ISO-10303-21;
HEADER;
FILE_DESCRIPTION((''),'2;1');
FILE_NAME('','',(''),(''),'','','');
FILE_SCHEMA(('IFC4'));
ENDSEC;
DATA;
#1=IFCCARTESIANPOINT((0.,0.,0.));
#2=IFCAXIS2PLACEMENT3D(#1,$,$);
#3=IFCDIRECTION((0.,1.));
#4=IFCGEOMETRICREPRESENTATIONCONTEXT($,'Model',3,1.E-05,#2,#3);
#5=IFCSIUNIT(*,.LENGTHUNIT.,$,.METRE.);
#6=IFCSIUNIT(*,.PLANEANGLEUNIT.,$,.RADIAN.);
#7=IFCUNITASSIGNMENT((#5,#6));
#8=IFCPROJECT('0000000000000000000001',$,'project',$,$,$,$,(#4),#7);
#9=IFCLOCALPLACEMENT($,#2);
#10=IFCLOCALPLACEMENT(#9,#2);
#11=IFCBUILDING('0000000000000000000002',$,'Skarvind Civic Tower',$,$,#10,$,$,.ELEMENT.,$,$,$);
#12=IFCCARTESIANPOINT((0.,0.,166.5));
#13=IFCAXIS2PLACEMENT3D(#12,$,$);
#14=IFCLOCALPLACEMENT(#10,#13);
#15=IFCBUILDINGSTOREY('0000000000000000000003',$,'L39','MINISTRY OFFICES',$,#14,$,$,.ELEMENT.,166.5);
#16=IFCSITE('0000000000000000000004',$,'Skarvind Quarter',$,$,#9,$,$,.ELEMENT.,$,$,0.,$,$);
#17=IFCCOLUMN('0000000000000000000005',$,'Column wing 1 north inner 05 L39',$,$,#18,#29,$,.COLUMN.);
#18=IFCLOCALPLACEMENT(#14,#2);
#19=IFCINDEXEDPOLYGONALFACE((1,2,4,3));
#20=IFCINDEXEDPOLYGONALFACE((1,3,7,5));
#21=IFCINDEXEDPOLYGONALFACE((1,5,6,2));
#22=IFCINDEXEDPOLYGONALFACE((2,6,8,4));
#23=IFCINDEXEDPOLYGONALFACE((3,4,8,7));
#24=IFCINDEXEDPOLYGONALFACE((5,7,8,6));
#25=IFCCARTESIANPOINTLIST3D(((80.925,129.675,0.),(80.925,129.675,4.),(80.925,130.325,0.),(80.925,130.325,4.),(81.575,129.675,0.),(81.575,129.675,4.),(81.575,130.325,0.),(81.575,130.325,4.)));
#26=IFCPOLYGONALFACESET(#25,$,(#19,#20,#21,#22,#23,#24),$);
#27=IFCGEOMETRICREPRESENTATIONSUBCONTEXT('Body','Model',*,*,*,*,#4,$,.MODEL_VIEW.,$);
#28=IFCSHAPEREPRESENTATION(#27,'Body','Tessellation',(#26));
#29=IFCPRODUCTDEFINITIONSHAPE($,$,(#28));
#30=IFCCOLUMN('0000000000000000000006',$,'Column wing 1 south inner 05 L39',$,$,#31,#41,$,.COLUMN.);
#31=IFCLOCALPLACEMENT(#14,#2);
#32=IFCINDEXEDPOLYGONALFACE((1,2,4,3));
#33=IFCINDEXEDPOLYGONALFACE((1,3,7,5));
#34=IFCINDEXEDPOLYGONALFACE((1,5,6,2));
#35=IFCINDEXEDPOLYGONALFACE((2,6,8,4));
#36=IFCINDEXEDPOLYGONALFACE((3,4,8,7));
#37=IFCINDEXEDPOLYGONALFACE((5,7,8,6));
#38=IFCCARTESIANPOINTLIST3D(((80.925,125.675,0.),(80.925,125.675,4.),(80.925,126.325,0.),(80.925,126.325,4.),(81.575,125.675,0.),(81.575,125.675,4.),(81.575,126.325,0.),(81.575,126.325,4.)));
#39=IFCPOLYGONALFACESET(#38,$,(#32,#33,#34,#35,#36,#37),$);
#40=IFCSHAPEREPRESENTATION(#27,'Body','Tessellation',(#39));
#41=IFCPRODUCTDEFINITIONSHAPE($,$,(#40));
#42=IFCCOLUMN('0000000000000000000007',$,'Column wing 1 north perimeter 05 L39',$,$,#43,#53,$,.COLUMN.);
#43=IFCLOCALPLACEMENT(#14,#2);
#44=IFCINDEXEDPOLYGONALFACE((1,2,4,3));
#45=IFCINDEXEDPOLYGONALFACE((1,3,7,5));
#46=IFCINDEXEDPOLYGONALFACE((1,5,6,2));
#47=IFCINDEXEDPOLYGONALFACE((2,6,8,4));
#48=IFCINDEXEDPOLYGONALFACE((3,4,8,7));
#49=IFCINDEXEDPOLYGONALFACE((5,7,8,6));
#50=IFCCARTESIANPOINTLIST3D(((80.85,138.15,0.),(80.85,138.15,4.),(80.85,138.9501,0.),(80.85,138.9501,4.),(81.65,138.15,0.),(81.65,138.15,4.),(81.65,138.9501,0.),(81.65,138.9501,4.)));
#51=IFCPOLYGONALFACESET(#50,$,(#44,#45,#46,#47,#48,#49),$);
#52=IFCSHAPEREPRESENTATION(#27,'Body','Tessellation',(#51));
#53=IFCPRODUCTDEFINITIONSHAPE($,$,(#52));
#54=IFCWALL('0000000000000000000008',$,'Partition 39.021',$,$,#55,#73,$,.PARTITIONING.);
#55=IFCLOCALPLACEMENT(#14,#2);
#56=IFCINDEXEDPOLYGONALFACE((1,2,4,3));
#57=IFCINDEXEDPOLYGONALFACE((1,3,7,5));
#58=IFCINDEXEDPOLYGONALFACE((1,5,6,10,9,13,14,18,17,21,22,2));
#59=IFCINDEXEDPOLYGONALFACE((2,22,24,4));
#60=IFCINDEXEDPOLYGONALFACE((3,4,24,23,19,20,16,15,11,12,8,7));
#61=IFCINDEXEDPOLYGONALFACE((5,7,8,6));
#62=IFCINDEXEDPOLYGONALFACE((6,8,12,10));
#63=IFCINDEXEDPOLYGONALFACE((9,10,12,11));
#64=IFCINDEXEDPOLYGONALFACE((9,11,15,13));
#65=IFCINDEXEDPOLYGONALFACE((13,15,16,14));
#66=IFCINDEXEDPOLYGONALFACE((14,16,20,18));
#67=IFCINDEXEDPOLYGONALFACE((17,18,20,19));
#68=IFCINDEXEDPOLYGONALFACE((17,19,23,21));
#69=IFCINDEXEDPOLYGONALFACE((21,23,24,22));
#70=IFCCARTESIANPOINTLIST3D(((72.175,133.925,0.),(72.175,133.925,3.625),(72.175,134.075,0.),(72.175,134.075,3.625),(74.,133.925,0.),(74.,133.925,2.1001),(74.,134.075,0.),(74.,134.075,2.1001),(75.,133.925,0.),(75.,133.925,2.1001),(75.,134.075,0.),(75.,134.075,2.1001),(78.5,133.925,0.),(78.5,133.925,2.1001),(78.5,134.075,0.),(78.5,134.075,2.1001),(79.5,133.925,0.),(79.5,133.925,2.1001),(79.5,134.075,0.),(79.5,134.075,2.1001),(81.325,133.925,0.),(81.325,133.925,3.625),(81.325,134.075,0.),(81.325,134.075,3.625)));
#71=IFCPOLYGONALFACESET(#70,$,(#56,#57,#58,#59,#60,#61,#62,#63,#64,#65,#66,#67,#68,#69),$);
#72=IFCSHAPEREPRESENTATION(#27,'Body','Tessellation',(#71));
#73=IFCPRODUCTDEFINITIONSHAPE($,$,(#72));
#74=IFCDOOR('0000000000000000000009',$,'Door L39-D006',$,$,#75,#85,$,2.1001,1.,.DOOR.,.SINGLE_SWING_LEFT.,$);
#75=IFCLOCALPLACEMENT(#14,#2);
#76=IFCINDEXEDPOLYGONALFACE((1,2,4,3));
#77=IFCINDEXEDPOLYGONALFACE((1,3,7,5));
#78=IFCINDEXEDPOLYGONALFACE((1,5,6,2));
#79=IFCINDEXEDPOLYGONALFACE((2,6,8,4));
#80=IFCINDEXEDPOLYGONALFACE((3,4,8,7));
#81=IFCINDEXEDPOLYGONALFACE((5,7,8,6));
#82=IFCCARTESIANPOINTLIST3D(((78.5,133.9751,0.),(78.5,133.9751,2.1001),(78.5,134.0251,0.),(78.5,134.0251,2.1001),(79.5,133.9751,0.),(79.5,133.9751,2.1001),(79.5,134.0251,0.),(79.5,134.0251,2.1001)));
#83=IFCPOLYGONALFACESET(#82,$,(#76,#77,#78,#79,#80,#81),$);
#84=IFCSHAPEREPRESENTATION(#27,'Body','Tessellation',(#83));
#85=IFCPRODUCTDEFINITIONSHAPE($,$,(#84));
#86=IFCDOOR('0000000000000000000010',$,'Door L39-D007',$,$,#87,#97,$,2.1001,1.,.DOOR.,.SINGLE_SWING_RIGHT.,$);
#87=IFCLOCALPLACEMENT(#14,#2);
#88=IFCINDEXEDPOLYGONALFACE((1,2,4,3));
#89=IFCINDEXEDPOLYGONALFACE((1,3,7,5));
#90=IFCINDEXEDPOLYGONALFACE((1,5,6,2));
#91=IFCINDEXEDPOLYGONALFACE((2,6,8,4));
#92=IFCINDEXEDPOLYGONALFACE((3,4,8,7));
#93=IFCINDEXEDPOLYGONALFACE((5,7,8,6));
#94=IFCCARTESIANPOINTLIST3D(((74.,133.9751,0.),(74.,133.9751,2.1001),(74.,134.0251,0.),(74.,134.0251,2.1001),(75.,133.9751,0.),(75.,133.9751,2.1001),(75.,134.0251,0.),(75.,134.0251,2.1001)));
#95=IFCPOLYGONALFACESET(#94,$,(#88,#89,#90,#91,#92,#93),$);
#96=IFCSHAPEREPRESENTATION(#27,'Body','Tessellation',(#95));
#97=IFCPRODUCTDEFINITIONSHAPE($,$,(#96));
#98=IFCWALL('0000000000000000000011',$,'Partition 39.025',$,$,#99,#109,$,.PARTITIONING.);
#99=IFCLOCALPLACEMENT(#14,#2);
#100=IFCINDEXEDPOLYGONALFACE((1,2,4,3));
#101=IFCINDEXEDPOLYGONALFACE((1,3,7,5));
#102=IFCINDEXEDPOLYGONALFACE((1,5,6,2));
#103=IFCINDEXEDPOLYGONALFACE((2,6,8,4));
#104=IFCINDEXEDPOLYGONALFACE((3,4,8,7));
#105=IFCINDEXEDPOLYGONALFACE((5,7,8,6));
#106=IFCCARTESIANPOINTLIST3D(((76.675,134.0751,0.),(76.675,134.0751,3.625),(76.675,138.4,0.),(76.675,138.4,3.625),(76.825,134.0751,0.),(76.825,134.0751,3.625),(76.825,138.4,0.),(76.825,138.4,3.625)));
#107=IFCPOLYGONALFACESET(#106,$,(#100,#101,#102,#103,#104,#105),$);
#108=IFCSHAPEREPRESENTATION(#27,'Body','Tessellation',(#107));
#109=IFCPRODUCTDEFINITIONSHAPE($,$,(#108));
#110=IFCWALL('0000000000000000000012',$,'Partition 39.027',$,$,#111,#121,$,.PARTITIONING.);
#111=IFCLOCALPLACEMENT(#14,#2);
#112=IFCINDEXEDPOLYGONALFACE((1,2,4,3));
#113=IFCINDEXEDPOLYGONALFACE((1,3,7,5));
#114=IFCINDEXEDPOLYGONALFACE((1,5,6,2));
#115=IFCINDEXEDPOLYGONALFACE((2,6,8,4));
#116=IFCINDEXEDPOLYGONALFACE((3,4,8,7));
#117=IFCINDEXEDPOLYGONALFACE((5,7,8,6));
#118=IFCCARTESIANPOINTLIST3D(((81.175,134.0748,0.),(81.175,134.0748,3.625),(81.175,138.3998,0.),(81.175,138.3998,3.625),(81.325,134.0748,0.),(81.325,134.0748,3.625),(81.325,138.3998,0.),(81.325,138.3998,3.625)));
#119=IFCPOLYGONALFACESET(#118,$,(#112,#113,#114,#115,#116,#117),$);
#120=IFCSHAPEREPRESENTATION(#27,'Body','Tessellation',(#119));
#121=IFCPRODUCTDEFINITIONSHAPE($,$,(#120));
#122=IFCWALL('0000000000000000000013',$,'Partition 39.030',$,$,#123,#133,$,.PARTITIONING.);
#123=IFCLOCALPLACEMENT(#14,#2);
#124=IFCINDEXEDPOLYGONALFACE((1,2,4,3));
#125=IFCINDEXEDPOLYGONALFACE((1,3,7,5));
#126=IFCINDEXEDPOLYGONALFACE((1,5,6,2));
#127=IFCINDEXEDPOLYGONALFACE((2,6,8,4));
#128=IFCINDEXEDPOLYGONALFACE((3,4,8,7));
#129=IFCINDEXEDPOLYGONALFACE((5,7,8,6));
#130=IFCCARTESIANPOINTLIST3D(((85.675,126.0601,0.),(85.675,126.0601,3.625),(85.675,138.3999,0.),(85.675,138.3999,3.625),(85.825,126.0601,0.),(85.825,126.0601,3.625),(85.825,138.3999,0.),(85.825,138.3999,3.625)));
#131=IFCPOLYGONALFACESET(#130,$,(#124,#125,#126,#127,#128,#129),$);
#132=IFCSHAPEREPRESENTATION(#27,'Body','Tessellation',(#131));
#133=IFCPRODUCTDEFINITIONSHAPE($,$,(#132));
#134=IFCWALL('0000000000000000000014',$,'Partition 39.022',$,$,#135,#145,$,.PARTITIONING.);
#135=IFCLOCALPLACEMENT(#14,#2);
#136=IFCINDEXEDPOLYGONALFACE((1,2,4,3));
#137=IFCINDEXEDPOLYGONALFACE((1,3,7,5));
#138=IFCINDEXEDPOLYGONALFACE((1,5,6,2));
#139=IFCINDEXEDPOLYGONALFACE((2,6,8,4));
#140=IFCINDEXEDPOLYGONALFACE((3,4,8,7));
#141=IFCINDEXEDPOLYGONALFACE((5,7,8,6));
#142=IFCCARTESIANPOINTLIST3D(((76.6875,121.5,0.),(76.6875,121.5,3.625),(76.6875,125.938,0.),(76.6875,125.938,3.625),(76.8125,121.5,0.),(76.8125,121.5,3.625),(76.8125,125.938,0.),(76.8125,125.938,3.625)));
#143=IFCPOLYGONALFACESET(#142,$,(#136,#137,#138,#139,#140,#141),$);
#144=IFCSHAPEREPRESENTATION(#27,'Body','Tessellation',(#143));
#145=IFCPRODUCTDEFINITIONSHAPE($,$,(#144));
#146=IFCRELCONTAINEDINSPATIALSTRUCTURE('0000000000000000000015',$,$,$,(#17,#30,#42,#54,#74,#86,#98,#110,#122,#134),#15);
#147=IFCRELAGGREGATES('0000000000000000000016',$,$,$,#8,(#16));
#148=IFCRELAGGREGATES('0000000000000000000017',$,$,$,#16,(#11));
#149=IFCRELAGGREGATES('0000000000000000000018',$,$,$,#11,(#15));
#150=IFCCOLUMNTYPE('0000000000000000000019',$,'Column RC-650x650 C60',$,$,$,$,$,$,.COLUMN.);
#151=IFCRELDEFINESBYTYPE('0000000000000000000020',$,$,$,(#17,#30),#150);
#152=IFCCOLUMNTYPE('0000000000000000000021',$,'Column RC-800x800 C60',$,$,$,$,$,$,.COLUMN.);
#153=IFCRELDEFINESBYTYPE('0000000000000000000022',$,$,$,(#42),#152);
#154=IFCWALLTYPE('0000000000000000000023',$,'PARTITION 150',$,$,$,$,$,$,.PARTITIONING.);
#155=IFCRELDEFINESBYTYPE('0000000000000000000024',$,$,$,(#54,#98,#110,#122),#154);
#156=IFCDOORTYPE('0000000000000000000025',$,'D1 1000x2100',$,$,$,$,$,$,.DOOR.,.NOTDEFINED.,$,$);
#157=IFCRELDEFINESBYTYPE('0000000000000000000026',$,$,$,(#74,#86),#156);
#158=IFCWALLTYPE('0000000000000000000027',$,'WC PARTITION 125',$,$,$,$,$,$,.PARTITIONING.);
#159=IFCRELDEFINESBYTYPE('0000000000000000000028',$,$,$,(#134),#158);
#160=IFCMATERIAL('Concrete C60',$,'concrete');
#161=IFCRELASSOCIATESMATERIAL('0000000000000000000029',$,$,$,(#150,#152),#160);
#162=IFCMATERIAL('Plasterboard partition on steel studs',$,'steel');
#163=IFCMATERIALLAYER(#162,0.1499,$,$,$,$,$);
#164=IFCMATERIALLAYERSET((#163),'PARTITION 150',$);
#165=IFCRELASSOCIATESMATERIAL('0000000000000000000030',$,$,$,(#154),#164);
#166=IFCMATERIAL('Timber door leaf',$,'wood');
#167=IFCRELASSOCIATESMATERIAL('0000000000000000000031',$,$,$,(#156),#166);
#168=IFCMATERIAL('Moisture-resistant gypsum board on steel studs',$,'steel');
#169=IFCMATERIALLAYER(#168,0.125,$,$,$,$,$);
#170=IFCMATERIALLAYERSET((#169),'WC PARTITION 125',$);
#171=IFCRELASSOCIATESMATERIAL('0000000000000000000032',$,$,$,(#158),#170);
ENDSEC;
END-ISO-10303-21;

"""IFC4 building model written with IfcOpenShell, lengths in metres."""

from ifc_helpers import new_model, si_unit, direction, frame, frame_2d, origin, origin_2d, place, context, subcontext, project, spatial, rectangle, extrude, material, layer, layer_set, material_profile, profile_set, type_object, element, fill, save


model = new_model("IFC4")

# Units and contexts
model_context = context("Model", 3, precision=1e-05, world=origin(), true_north=direction((0.0, 1.0)))
body_context = subcontext(model_context, "Body", "Model", "MODEL_VIEW")
ifc_project = project(units=[si_unit("LENGTHUNIT", "METRE"), si_unit("PLANEANGLEUNIT", "RADIAN")], contexts=[model_context])

# Site, building, storey
site_placement = place(None, origin())
site = spatial("IfcSite", under=ifc_project, at=site_placement, Name="Skarvind Quarter", CompositionType="ELEMENT", RefElevation=0.0)
building_placement = place(site_placement, origin())
building = spatial("IfcBuilding", under=site, at=building_placement, Name="Skarvind Civic Tower", CompositionType="ELEMENT")
storey_placement = place(building_placement, frame((0.0, 0.0, 166.5)))
storey = spatial("IfcBuildingStorey", under=building, at=storey_placement, Name="L39", Description="MINISTRY OFFICES", CompositionType="ELEMENT", Elevation=166.5)

# Columns
ifc_material_1 = material(Name="Concrete C60", Category="concrete")
ifc_material_profile_1 = material_profile(ifc_material_1, rectangle(XDim=0.6499, YDim=0.6499, at=origin_2d()), Name="RC-650x650")
ifc_profile_set_1 = profile_set([ifc_material_profile_1], Name="Concrete C60")
column_type_1 = type_object("IfcColumnType", Name="Column RC-650x650 C60", PredefinedType="COLUMN", material=ifc_profile_set_1)
for number, where, z_axis, x_axis, name in (
    (1, (81.25, 130.0, 0.0), (0.0, 0.0, 1.0), (1.0, 0.0, 0.0), "Column wing 1 north inner 05 L39"),
    (2, (81.25, 126.0, 0.0), (0.0, 0.0, 1.0), (1.0, 0.0, 0.0), "Column wing 1 south inner 05 L39"),
):
    element("IfcColumn", number, at=place(storey_placement, frame(where, z_axis=z_axis, x_axis=x_axis)), inside=storey, type_object=column_type_1, Name=name, PredefinedType="COLUMN", context=body_context, shape_type="SweptSolid", body=[
        extrude(rectangle(XDim=0.6499, YDim=0.6499, at=origin_2d()), origin(), (0.0, 0.0, 1.0), 4.0),
    ])
ifc_material_profile_2 = material_profile(ifc_material_1, rectangle(XDim=0.8, YDim=0.8, at=origin_2d()), Name="RC-800x800")
ifc_profile_set_2 = profile_set([ifc_material_profile_2], Name="Concrete C60")
column_type_2 = type_object("IfcColumnType", Name="Column RC-800x800 C60", PredefinedType="COLUMN", material=ifc_profile_set_2)
column_placement = place(storey_placement, frame((81.25, 138.55, 0.0), z_axis=(0.0, 0.0, 1.0), x_axis=(1.0, 0.0, 0.0)))
element("IfcColumn", 3, at=column_placement, inside=storey, type_object=column_type_2, Name="Column wing 1 north perimeter 05 L39", PredefinedType="COLUMN", context=body_context, shape_type="SweptSolid", body=[
    extrude(rectangle(XDim=0.8, YDim=0.8, at=origin_2d()), origin(), (0.0, 0.0, 1.0), 4.0),
])

# Wall, openings, doors
ifc_material_2 = material(Name="Plasterboard partition on steel studs", Category="steel")
ifc_layer_1 = layer(ifc_material_2, 0.1499)
ifc_layer_set_1 = layer_set([ifc_layer_1], Name="PARTITION 150")
wall_type_1 = type_object("IfcWallType", Name="PARTITION 150", PredefinedType="PARTITIONING", material=ifc_layer_set_1)
wall_1_placement = place(storey_placement, frame((81.325, 134.0, 0.0), z_axis=(0.0, 0.0, 1.0), x_axis=(-1.0, 0.0, 0.0)))
wall_1 = element("IfcWall", 4, at=wall_1_placement, inside=storey, type_object=wall_type_1, Name="Partition 39.021", PredefinedType="PARTITIONING", context=body_context, shape_type="SweptSolid", body=[
    extrude(rectangle(XDim=9.1499, YDim=0.1499, at=frame_2d((4.575, 0.0))), origin(), (0.0, 0.0, 1.0), 3.625),
])
opening_1_placement = place(wall_1_placement, frame((1.825, 0.0, 0.0)))
opening_1 = element("IfcOpeningElement", 5, at=opening_1_placement, cuts=wall_1, PredefinedType="OPENING", context=body_context, shape_type="SweptSolid", body=[
    extrude(rectangle(XDim=1.0, YDim=2.1001, at=frame_2d((0.5, 1.05))), frame((0.0, 0.085, 0.0), z_axis=(0.0, -1.0, 0.0), x_axis=(1.0, 0.0, 0.0)), (0.0, 0.0, 1.0), 0.1699),
])
opening_2_placement = place(wall_1_placement, frame((6.325, 0.0, 0.0)))
opening_2 = element("IfcOpeningElement", 6, at=opening_2_placement, cuts=wall_1, PredefinedType="OPENING", context=body_context, shape_type="SweptSolid", body=[
    extrude(rectangle(XDim=1.0, YDim=2.1001, at=frame_2d((0.5, 1.05))), frame((0.0, 0.085, 0.0), z_axis=(0.0, -1.0, 0.0), x_axis=(1.0, 0.0, 0.0)), (0.0, 0.0, 1.0), 0.1699),
])
ifc_material_3 = material(Name="Timber door leaf", Category="wood")
door_type_1 = type_object("IfcDoorType", Name="D1 1000x2100", OperationType="NOTDEFINED", PredefinedType="DOOR", material=ifc_material_3)
door_1_placement = place(opening_1_placement, origin())
door_1 = element("IfcDoor", 7, at=door_1_placement, inside=storey, type_object=door_type_1, Name="Door L39-D006", OperationType="SINGLE_SWING_LEFT", OverallHeight=2.1001, OverallWidth=1.0, PredefinedType="DOOR", context=body_context, shape_type="SweptSolid", body=[
    extrude(rectangle(XDim=1.0, YDim=2.1001, at=frame_2d((0.5, 1.05))), frame((0.0, 0.0249, 0.0), z_axis=(0.0, -1.0, 0.0), x_axis=(1.0, 0.0, 0.0)), (0.0, 0.0, 1.0), 0.05),
])
fill(opening_1, door_1)
door_2_placement = place(opening_2_placement, origin())
door_2 = element("IfcDoor", 8, at=door_2_placement, inside=storey, type_object=door_type_1, Name="Door L39-D007", OperationType="SINGLE_SWING_RIGHT", OverallHeight=2.1001, OverallWidth=1.0, PredefinedType="DOOR", context=body_context, shape_type="SweptSolid", body=[
    extrude(rectangle(XDim=1.0, YDim=2.1001, at=frame_2d((0.5, 1.05))), frame((0.0, 0.0249, 0.0), z_axis=(0.0, -1.0, 0.0), x_axis=(1.0, 0.0, 0.0)), (0.0, 0.0, 1.0), 0.05),
])
fill(opening_2, door_2)

# Walls
for number, where, z_axis, x_axis, name in (
    (9, (76.75, 134.075, 0.0), (0.0, 0.0, 1.0), (0.0, 1.0, 0.0), "Partition 39.025"),
    (10, (81.25, 138.3999, 0.0), (0.0, 0.0, 1.0), (0.0, -1.0, 0.0), "Partition 39.027"),
):
    element("IfcWall", number, at=place(storey_placement, frame(where, z_axis=z_axis, x_axis=x_axis)), inside=storey, type_object=wall_type_1, Name=name, PredefinedType="PARTITIONING", context=body_context, shape_type="SweptSolid", body=[
        extrude(rectangle(XDim=4.325, YDim=0.1499, at=frame_2d((2.1626, 0.0))), origin(), (0.0, 0.0, 1.0), 3.625),
    ])
wall_2_placement = place(storey_placement, frame((85.75, 126.0601, 0.0), z_axis=(0.0, 0.0, 1.0), x_axis=(0.0, 1.0, 0.0)))
element("IfcWall", 11, at=wall_2_placement, inside=storey, type_object=wall_type_1, Name="Partition 39.030", PredefinedType="PARTITIONING", context=body_context, shape_type="SweptSolid", body=[
    extrude(rectangle(XDim=12.3398, YDim=0.1499, at=frame_2d((6.1699, 0.0))), origin(), (0.0, 0.0, 1.0), 3.625),
])
ifc_material_4 = material(Name="Moisture-resistant gypsum board on steel studs", Category="steel")
ifc_layer_2 = layer(ifc_material_4, 0.125)
ifc_layer_set_2 = layer_set([ifc_layer_2], Name="WC PARTITION 125")
wall_type_2 = type_object("IfcWallType", Name="WC PARTITION 125", PredefinedType="PARTITIONING", material=ifc_layer_set_2)
wall_3_placement = place(storey_placement, frame((76.75, 121.5, 0.0), z_axis=(0.0, 0.0, 1.0), x_axis=(0.0, 1.0, 0.0)))
element("IfcWall", 12, at=wall_3_placement, inside=storey, type_object=wall_type_2, Name="Partition 39.022", PredefinedType="PARTITIONING", context=body_context, shape_type="SweptSolid", body=[
    extrude(rectangle(XDim=4.438, YDim=0.125, at=frame_2d((2.219, 0.0))), origin(), (0.0, 0.0, 1.0), 3.625),
])

save(model, "model.ifc")
